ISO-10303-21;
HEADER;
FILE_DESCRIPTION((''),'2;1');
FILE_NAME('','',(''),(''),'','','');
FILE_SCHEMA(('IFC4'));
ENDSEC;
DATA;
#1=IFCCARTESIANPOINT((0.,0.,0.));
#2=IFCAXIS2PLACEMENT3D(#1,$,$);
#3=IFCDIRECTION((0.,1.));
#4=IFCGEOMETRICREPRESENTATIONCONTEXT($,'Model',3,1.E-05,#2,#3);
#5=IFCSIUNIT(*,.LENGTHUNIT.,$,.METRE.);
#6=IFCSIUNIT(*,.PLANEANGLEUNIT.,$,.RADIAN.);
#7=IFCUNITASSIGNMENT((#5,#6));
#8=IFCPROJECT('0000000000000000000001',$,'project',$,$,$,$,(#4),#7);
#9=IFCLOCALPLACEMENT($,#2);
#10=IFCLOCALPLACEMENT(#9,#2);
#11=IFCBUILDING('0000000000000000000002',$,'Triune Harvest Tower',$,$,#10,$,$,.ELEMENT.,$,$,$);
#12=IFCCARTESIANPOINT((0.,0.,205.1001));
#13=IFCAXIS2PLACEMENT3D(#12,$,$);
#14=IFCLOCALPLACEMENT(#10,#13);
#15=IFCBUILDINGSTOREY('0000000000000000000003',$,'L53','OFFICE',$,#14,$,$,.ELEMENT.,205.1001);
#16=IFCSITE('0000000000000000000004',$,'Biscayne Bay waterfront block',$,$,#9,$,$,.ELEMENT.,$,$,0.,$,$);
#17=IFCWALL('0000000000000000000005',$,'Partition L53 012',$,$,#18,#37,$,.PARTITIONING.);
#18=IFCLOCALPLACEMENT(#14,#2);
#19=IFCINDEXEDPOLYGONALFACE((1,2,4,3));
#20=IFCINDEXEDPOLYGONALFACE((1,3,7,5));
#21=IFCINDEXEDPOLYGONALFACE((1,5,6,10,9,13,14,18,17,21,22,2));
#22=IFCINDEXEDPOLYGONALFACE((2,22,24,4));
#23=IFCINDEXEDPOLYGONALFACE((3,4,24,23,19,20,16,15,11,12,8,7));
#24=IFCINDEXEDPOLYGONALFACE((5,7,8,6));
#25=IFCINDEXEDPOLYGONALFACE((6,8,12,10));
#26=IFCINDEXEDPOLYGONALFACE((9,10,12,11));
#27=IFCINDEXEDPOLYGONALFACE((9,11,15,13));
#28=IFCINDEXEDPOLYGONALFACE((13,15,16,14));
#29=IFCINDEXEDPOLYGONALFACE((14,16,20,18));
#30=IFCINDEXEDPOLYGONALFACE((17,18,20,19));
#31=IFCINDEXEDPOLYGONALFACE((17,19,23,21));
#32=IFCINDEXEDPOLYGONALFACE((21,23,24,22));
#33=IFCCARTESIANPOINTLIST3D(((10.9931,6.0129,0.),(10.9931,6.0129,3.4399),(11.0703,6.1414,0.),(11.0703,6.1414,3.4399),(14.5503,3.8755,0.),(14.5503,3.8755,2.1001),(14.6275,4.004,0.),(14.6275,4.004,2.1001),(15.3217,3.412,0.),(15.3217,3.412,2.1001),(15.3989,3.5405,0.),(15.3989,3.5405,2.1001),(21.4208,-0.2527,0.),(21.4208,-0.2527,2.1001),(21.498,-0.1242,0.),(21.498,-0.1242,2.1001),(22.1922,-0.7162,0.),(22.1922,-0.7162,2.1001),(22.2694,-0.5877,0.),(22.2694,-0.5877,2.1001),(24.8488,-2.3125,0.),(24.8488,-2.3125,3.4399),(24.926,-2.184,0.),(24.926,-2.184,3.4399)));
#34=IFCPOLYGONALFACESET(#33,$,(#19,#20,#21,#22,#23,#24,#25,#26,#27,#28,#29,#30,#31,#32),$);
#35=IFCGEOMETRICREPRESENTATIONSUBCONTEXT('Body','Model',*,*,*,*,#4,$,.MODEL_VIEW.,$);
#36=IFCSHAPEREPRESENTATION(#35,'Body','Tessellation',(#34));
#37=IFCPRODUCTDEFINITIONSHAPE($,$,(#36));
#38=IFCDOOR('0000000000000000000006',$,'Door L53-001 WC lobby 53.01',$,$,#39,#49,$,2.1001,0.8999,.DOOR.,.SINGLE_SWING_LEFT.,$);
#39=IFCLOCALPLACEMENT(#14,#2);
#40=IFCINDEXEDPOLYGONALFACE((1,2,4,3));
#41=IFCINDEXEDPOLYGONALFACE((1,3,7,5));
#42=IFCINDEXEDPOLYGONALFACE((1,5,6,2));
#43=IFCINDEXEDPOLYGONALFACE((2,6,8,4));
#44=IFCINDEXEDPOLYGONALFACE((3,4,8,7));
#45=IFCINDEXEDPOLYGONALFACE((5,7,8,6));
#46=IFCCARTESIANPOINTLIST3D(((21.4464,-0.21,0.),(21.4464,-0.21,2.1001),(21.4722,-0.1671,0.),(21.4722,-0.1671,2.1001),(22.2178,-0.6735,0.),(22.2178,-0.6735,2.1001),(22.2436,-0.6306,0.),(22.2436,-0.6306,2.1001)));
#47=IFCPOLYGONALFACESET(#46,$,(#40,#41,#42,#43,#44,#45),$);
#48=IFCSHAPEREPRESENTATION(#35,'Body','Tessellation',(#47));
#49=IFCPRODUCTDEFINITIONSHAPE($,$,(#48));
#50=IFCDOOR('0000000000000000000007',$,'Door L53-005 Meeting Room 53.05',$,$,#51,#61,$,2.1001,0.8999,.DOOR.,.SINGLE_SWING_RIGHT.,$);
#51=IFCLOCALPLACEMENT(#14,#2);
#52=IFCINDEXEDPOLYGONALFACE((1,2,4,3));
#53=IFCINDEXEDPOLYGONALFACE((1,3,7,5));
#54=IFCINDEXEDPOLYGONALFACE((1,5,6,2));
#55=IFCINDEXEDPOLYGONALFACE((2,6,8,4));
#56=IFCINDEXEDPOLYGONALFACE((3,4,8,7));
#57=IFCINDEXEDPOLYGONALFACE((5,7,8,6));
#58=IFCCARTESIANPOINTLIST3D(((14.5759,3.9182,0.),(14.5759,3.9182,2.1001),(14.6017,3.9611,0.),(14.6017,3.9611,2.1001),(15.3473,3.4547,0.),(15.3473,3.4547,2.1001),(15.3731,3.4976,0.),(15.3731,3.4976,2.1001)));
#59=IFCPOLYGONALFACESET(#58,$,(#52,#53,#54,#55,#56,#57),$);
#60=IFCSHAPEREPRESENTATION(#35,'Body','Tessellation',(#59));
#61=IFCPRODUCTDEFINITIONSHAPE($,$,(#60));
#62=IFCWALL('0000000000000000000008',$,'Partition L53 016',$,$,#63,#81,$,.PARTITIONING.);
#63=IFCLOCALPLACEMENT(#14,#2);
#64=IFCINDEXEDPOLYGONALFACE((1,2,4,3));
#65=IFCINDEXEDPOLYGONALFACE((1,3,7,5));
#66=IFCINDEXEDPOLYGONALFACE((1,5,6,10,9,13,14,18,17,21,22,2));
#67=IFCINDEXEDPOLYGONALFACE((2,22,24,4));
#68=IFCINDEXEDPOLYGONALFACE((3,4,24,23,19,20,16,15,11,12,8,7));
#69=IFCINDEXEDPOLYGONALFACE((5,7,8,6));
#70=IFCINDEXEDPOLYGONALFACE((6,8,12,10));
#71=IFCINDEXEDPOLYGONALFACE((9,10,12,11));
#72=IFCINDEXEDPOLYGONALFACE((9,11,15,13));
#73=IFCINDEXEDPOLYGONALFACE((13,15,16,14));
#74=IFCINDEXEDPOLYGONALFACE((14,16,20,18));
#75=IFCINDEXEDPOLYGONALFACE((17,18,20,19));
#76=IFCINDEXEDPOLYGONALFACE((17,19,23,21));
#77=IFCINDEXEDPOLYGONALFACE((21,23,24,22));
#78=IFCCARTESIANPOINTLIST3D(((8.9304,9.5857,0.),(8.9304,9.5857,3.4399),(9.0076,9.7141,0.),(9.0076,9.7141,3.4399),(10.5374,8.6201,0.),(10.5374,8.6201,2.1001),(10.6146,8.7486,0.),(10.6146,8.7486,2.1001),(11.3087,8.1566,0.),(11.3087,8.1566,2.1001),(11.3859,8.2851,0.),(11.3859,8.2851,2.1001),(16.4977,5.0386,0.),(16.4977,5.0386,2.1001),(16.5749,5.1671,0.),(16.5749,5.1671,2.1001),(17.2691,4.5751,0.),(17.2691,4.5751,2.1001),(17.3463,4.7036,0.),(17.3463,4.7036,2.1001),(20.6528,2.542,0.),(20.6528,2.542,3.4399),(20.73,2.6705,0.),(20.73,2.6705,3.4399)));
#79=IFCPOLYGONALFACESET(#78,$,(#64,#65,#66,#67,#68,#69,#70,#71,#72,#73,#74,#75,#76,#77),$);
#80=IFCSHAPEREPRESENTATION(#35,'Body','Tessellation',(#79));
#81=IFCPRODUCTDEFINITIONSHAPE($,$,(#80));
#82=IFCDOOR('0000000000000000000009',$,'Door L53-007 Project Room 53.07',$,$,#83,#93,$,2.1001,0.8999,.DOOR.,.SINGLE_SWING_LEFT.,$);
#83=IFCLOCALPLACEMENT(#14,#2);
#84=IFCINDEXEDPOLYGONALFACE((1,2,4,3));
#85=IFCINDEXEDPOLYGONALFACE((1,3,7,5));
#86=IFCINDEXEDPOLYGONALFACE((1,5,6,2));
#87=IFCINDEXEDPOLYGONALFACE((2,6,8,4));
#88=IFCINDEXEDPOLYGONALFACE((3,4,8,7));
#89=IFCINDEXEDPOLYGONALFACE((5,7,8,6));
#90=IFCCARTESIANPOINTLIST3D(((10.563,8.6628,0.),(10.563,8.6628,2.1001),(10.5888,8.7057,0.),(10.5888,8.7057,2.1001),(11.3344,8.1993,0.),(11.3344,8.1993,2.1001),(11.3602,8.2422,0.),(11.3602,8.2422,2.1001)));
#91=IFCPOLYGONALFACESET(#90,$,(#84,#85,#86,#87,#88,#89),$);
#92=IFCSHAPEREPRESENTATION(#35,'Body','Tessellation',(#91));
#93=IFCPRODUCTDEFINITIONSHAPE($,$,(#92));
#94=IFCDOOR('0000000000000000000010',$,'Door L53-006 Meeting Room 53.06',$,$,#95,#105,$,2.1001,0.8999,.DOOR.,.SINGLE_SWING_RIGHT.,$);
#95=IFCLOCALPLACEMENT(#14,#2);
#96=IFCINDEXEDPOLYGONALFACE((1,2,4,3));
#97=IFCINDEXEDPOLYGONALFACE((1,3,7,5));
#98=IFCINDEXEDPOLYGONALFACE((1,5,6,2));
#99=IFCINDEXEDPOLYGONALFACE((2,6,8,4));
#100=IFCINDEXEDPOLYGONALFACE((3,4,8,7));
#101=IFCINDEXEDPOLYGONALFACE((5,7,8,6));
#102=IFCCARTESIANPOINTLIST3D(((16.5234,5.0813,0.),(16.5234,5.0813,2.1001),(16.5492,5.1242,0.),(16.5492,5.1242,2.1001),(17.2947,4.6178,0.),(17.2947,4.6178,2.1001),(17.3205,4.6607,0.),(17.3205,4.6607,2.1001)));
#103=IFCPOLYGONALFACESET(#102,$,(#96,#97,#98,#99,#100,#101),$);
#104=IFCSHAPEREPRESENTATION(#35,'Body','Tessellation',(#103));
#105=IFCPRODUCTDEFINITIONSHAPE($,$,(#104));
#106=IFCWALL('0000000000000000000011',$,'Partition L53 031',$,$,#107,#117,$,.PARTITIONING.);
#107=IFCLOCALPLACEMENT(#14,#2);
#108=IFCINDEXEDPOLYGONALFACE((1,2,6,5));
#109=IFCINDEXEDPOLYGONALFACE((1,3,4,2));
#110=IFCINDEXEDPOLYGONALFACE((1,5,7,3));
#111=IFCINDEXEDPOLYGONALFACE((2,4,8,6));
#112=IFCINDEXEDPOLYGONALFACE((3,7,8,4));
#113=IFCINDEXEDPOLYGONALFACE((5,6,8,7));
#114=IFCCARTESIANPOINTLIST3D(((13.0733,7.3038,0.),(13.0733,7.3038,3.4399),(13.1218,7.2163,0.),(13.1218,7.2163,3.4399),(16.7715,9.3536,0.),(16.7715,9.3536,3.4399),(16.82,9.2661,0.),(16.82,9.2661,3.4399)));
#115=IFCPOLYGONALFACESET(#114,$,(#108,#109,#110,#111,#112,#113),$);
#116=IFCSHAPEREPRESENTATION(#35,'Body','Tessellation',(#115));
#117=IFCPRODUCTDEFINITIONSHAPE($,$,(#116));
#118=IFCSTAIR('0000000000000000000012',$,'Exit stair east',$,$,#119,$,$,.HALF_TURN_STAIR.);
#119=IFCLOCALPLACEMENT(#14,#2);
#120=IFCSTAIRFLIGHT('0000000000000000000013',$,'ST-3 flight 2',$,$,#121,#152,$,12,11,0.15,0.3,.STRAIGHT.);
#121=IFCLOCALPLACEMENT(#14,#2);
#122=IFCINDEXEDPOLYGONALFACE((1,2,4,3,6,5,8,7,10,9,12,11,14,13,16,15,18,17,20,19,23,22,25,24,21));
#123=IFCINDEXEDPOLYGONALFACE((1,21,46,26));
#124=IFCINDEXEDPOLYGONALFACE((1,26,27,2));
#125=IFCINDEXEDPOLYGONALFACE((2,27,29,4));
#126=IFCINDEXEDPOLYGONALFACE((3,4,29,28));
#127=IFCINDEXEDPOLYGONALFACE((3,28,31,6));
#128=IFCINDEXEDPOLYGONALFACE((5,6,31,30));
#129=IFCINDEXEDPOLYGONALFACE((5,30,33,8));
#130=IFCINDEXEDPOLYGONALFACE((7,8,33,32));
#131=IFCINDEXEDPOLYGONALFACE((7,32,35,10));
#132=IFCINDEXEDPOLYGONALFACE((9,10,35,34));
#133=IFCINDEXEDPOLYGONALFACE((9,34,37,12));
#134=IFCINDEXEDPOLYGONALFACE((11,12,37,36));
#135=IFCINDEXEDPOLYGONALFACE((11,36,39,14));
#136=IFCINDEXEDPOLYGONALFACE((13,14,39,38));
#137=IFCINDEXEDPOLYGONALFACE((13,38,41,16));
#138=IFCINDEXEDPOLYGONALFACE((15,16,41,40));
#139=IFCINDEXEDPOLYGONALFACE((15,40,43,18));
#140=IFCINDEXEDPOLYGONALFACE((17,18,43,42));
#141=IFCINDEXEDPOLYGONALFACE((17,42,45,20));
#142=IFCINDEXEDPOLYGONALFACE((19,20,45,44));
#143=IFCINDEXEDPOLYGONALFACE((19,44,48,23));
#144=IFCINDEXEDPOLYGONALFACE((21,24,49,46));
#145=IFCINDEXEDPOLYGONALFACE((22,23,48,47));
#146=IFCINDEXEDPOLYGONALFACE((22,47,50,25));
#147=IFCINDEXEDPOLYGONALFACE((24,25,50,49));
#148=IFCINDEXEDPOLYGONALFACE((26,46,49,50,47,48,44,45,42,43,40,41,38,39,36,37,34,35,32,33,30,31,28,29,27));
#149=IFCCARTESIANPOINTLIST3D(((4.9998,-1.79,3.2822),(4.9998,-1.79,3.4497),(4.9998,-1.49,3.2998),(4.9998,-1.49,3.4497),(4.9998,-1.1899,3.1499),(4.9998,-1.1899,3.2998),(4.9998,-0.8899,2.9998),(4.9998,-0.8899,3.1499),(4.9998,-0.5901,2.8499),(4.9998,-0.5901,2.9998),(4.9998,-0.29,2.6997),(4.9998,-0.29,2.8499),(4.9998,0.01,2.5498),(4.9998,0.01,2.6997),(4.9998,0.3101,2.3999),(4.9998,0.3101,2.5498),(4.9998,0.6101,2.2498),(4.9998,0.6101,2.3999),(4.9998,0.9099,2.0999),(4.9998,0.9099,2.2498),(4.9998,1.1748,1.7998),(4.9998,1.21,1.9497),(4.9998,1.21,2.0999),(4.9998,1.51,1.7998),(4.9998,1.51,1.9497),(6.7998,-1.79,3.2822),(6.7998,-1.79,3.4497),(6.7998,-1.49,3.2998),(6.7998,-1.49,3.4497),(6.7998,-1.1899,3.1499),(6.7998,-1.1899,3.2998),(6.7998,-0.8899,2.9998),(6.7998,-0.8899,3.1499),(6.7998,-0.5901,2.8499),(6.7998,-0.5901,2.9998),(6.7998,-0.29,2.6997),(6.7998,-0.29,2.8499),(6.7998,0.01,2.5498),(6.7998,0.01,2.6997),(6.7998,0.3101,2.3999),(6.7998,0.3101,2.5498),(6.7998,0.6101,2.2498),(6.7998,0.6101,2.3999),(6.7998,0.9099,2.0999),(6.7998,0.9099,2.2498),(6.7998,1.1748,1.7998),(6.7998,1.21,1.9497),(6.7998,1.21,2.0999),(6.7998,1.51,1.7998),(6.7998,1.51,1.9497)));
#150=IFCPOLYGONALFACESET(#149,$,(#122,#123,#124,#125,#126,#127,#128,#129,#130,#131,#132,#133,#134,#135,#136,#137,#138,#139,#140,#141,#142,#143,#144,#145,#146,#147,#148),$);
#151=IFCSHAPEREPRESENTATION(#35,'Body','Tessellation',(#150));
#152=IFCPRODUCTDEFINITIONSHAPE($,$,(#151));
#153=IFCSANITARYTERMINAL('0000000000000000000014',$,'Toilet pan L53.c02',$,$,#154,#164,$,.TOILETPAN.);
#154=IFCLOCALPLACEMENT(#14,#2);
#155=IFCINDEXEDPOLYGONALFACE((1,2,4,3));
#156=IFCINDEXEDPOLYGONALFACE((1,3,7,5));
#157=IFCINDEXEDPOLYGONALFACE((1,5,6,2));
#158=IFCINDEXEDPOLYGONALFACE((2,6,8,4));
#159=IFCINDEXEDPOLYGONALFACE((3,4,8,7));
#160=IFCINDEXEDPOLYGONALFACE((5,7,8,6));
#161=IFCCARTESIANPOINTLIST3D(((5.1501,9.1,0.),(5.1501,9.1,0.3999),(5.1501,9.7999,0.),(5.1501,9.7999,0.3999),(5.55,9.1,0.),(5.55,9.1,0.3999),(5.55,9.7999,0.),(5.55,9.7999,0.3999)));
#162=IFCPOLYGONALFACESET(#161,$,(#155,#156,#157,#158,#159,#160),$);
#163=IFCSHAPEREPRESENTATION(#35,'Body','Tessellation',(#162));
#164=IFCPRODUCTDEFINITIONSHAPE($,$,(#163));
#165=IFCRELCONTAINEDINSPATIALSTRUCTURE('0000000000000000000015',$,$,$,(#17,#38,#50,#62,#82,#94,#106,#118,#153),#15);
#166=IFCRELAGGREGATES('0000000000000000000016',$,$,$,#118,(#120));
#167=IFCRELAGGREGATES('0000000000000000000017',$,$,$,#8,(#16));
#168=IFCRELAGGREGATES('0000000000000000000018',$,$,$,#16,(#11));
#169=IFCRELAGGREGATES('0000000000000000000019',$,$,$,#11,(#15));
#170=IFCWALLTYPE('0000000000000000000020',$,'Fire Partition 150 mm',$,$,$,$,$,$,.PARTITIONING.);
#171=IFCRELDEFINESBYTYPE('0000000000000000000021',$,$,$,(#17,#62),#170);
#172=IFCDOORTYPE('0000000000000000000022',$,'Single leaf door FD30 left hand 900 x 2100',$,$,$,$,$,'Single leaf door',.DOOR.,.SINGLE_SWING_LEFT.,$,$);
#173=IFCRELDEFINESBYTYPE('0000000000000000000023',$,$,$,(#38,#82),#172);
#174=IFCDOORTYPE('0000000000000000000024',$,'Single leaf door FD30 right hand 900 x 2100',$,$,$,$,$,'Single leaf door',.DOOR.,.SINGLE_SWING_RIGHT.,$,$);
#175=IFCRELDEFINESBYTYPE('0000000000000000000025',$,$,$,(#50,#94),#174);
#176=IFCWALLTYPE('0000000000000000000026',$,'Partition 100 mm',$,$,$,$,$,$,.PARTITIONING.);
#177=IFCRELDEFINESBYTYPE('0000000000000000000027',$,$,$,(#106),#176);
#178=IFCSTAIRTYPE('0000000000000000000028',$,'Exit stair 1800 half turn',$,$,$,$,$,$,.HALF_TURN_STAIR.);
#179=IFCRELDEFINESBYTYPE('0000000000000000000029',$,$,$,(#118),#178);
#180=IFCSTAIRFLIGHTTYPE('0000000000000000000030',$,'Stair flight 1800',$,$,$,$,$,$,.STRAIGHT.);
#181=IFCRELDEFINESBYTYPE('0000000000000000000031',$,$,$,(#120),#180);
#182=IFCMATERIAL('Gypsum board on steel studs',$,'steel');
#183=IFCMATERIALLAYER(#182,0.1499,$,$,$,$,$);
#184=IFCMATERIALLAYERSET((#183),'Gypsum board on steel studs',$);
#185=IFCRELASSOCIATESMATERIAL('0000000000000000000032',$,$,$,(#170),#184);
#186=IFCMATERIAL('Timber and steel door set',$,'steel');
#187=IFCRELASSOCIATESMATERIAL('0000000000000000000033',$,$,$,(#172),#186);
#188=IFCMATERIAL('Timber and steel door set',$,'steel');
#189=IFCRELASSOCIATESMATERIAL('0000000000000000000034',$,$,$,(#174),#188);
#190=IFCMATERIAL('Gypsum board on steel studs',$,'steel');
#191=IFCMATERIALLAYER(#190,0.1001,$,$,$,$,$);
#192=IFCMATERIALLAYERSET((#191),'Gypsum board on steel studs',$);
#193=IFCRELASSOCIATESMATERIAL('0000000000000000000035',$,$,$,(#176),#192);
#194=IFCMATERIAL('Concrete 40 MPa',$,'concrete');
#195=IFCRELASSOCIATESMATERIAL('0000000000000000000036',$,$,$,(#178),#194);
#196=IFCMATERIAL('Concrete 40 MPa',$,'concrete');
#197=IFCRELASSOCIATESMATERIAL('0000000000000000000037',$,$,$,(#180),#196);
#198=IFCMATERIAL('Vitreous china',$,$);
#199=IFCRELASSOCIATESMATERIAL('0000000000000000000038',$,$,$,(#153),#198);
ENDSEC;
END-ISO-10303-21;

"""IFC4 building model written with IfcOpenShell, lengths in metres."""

from ifc_helpers import new_model, si_unit, direction, frame, frame_2d, origin, origin_2d, place, context, subcontext, project, spatial, polyline, rectangle, outline, extrude, source, transform, mapped, material, layer, layer_set, type_object, element, fill, aggregate, save


model = new_model("IFC4")

# Units and contexts
model_context = context("Model", 3, precision=1e-05, world=origin(), true_north=direction((0.0, 1.0)))
body_context = subcontext(model_context, "Body", "Model", "MODEL_VIEW")
ifc_project = project(units=[si_unit("LENGTHUNIT", "METRE"), si_unit("PLANEANGLEUNIT", "RADIAN")], contexts=[model_context])

# Site, building, storey
site_placement = place(None, origin())
site = spatial("IfcSite", under=ifc_project, at=site_placement, Name="Biscayne Bay waterfront block", CompositionType="ELEMENT", RefElevation=0.0)
building_placement = place(site_placement, origin())
building = spatial("IfcBuilding", under=site, at=building_placement, Name="Triune Harvest Tower", CompositionType="ELEMENT")
storey_placement = place(building_placement, frame((0.0, 0.0, 205.1001)))
storey = spatial("IfcBuildingStorey", under=building, at=storey_placement, Name="L53", Description="OFFICE", CompositionType="ELEMENT", Elevation=205.1001)

# Shared definitions
ifc_material_1 = material(Name="Gypsum board on steel studs", Category="steel")
ifc_layer_1 = layer(ifc_material_1, 0.1499)
ifc_layer_set_1 = layer_set([ifc_layer_1], Name="Gypsum board on steel studs")
wall_type_1 = type_object("IfcWallType", Name="Fire Partition 150 mm", PredefinedType="PARTITIONING", material=ifc_layer_set_1)

# Walls, openings, doors
shared_shape_1 = source(origin(), body_context, "Body", "SweptSolid", [
    extrude(rectangle(XDim=16.1646, YDim=0.1499, at=frame_2d((8.0823, 0.0))), origin(), (0.0, 0.0, 1.0), 3.4399),
])
wall_1_placement = place(storey_placement, frame((11.0317, 6.0771, 0.0), z_axis=(0.0, 0.0, 1.0), x_axis=(0.857165, -0.515042, 0.0)))
wall_1 = element("IfcWall", 1, at=wall_1_placement, inside=storey, type_object=wall_type_1, Name="Partition L53 012", PredefinedType="PARTITIONING", context=body_context, shape_type="MappedRepresentation", body=[
    mapped(shared_shape_1, transform((0.0, 0.0, 0.0), scale=1.0)),
])
opening_1_placement = place(wall_1_placement, frame((12.1653, 0.0, 0.0)))
opening_1 = element("IfcOpeningElement", 2, at=opening_1_placement, cuts=wall_1, PredefinedType="OPENING", context=body_context, shape_type="SweptSolid", body=[
    extrude(rectangle(XDim=0.8999, YDim=2.1001, at=frame_2d((0.45, 1.05))), frame((0.0, 0.085, 0.0), z_axis=(0.0, -1.0, 0.0), x_axis=(1.0, 0.0, 0.0)), (0.0, 0.0, 1.0), 0.1699),
])
opening_2_placement = place(wall_1_placement, frame((4.1499, 0.0, 0.0)))
opening_2 = element("IfcOpeningElement", 3, at=opening_2_placement, cuts=wall_1, PredefinedType="OPENING", context=body_context, shape_type="SweptSolid", body=[
    extrude(rectangle(XDim=0.8999, YDim=2.1001, at=frame_2d((0.45, 1.05))), frame((0.0, 0.085, 0.0), z_axis=(0.0, -1.0, 0.0), x_axis=(1.0, 0.0, 0.0)), (0.0, 0.0, 1.0), 0.1699),
])
ifc_material_2 = material(Name="Timber and steel door set", Category="steel")
door_type_1 = type_object("IfcDoorType", Name="Single leaf door FD30 left hand 900 x 2100", ElementType="Single leaf door", OperationType="SINGLE_SWING_LEFT", PredefinedType="DOOR", material=ifc_material_2)
door_1_placement = place(opening_1_placement, origin())
door_1 = element("IfcDoor", 4, at=door_1_placement, inside=storey, type_object=door_type_1, Name="Door L53-001 WC lobby 53.01", OperationType="SINGLE_SWING_LEFT", OverallHeight=2.1001, OverallWidth=0.8999, PredefinedType="DOOR", context=body_context, shape_type="SweptSolid", body=[
    extrude(rectangle(XDim=0.8999, YDim=2.1001, at=frame_2d((0.45, 1.05))), frame((0.0, 0.0249, 0.0), z_axis=(0.0, -1.0, 0.0), x_axis=(1.0, 0.0, 0.0)), (0.0, 0.0, 1.0), 0.05),
])
fill(opening_1, door_1)
ifc_material_3 = material(Name="Timber and steel door set", Category="steel")
door_type_2 = type_object("IfcDoorType", Name="Single leaf door FD30 right hand 900 x 2100", ElementType="Single leaf door", OperationType="SINGLE_SWING_RIGHT", PredefinedType="DOOR", material=ifc_material_3)
door_2_placement = place(opening_2_placement, origin())
door_2 = element("IfcDoor", 5, at=door_2_placement, inside=storey, type_object=door_type_2, Name="Door L53-005 Meeting Room 53.05", OperationType="SINGLE_SWING_RIGHT", OverallHeight=2.1001, OverallWidth=0.8999, PredefinedType="DOOR", context=body_context, shape_type="SweptSolid", body=[
    extrude(rectangle(XDim=0.8999, YDim=2.1001, at=frame_2d((0.45, 1.05))), frame((0.0, 0.0249, 0.0), z_axis=(0.0, -1.0, 0.0), x_axis=(1.0, 0.0, 0.0)), (0.0, 0.0, 1.0), 0.05),
])
fill(opening_2, door_2)
shared_shape_2 = source(origin(), body_context, "Body", "SweptSolid", [
    extrude(rectangle(XDim=13.6758, YDim=0.1499, at=frame_2d((6.8379, 0.0))), origin(), (0.0, 0.0, 1.0), 3.4399),
])
wall_2_placement = place(storey_placement, frame((8.969, 9.6499, 0.0), z_axis=(0.0, 0.0, 1.0), x_axis=(0.857162, -0.515047, 0.0)))
wall_2 = element("IfcWall", 6, at=wall_2_placement, inside=storey, type_object=wall_type_1, Name="Partition L53 016", PredefinedType="PARTITIONING", context=body_context, shape_type="MappedRepresentation", body=[
    mapped(shared_shape_2, transform((0.0, 0.0, 0.0), scale=1.0)),
])
opening_3_placement = place(wall_2_placement, frame((8.8284, 0.0, 0.0)))
opening_3 = element("IfcOpeningElement", 7, at=opening_3_placement, cuts=wall_2, PredefinedType="OPENING", context=body_context, shape_type="SweptSolid", body=[
    extrude(rectangle(XDim=0.8999, YDim=2.1001, at=frame_2d((0.45, 1.05))), frame((0.0, 0.085, 0.0), z_axis=(0.0, -1.0, 0.0), x_axis=(1.0, 0.0, 0.0)), (0.0, 0.0, 1.0), 0.1699),
])
opening_4_placement = place(wall_2_placement, frame((1.8748, 0.0, 0.0)))
opening_4 = element("IfcOpeningElement", 8, at=opening_4_placement, cuts=wall_2, PredefinedType="OPENING", context=body_context, shape_type="SweptSolid", body=[
    extrude(rectangle(XDim=0.8999, YDim=2.1001, at=frame_2d((0.45, 1.05))), frame((0.0, 0.085, 0.0), z_axis=(0.0, -1.0, 0.0), x_axis=(1.0, 0.0, 0.0)), (0.0, 0.0, 1.0), 0.1699),
])
door_3_placement = place(opening_4_placement, origin())
door_3 = element("IfcDoor", 9, at=door_3_placement, inside=storey, type_object=door_type_1, Name="Door L53-007 Project Room 53.07", OperationType="SINGLE_SWING_LEFT", OverallHeight=2.1001, OverallWidth=0.8999, PredefinedType="DOOR", context=body_context, shape_type="SweptSolid", body=[
    extrude(rectangle(XDim=0.8999, YDim=2.1001, at=frame_2d((0.45, 1.05))), frame((0.0, 0.0249, 0.0), z_axis=(0.0, -1.0, 0.0), x_axis=(1.0, 0.0, 0.0)), (0.0, 0.0, 1.0), 0.05),
])
fill(opening_4, door_3)
door_4_placement = place(opening_3_placement, origin())
door_4 = element("IfcDoor", 10, at=door_4_placement, inside=storey, type_object=door_type_2, Name="Door L53-006 Meeting Room 53.06", OperationType="SINGLE_SWING_RIGHT", OverallHeight=2.1001, OverallWidth=0.8999, PredefinedType="DOOR", context=body_context, shape_type="SweptSolid", body=[
    extrude(rectangle(XDim=0.8999, YDim=2.1001, at=frame_2d((0.45, 1.05))), frame((0.0, 0.0249, 0.0), z_axis=(0.0, -1.0, 0.0), x_axis=(1.0, 0.0, 0.0)), (0.0, 0.0, 1.0), 0.05),
])
fill(opening_3, door_4)

# Wall
ifc_material_4 = material(Name="Gypsum board on steel studs", Category="steel")
ifc_layer_2 = layer(ifc_material_4, 0.1001)
ifc_layer_set_2 = layer_set([ifc_layer_2], Name="Gypsum board on steel studs")
wall_type_2 = type_object("IfcWallType", Name="Partition 100 mm", PredefinedType="PARTITIONING", material=ifc_layer_set_2)
shared_shape_3 = source(origin(), body_context, "Body", "SweptSolid", [
    extrude(rectangle(XDim=4.2283, YDim=0.1001, at=frame_2d((2.1143, 0.0))), origin(), (0.0, 0.0, 1.0), 3.4399),
])
wall_3_placement = place(storey_placement, frame((13.0974, 7.26, 0.0), z_axis=(0.0, 0.0, 1.0), x_axis=(0.874636, 0.48478, 0.0)))
element("IfcWall", 11, at=wall_3_placement, inside=storey, type_object=wall_type_2, Name="Partition L53 031", PredefinedType="PARTITIONING", context=body_context, shape_type="MappedRepresentation", body=[
    mapped(shared_shape_3, transform((0.0, 0.0, 0.0), scale=1.0)),
])

# Stair, stair flight
ifc_material_5 = material(Name="Concrete 40 MPa", Category="concrete")
stair_type = type_object("IfcStairType", Name="Exit stair 1800 half turn", PredefinedType="HALF_TURN_STAIR", material=ifc_material_5)
stair_placement = place(storey_placement, origin())
stair = element("IfcStair", 12, at=stair_placement, inside=storey, type_object=stair_type, Name="Exit stair east", PredefinedType="HALF_TURN_STAIR")
ifc_material_6 = material(Name="Concrete 40 MPa", Category="concrete")
stair_flight_type = type_object("IfcStairFlightType", Name="Stair flight 1800", PredefinedType="STRAIGHT", material=ifc_material_6)
shared_shape_4 = source(origin(), body_context, "Body", "SweptSolid", [
    extrude(outline(polyline([(0.0, 0.0), (0.0, 0.1499), (0.3, 0.1499), (0.3, 0.3), (0.6001, 0.3), (0.6001, 0.45), (0.8999, 0.45), (0.8999, 0.6001), (1.2, 0.6001), (1.2, 0.75), (1.5, 0.75), (1.5, 0.8999), (1.8, 0.8999), (1.8, 1.05), (2.1001, 1.05), (2.1001, 1.2), (2.3999, 1.2), (2.3999, 1.3501), (2.7, 1.3501), (2.7, 1.5), (3.0, 1.5), (3.0, 1.6499), (3.3, 1.6499), (3.3, 1.8), (3.3, 1.4824), (0.3352, 0.0), (0.0, 0.0)])), frame((0.0, 0.8999, 0.0), z_axis=(0.0, -1.0, 0.0), x_axis=(1.0, 0.0, 0.0)), (0.0, 0.0, 1.0), 1.8),
])
stair_flight_placement = place(storey_placement, frame((5.8999, 1.51, 1.7998), z_axis=(0.0, 0.0, 1.0), x_axis=(0.0, -1.0, 0.0)))
stair_flight = element("IfcStairFlight", 13, at=stair_flight_placement, type_object=stair_flight_type, Name="ST-3 flight 2", NumberOfRisers=12, NumberOfTreads=11, PredefinedType="STRAIGHT", RiserHeight=0.15, TreadLength=0.3, context=body_context, shape_type="MappedRepresentation", body=[
    mapped(shared_shape_4, transform((0.0, 0.0, 0.0), scale=1.0)),
])
aggregate(stair, [stair_flight])

# Sanitary terminal
ifc_material_7 = material(Name="Vitreous china")
shared_shape_5 = source(origin(), body_context, "Body", "SweptSolid", [
    extrude(rectangle(XDim=0.3999, YDim=0.7, at=origin_2d()), origin(), (0.0, 0.0, 1.0), 0.3999),
])
sanitary_terminal_placement = place(storey_placement, frame((5.3501, 9.45, 0.0), z_axis=(0.0, 0.0, 1.0), x_axis=(1.0, 0.0, 0.0)))
element("IfcSanitaryTerminal", 14, at=sanitary_terminal_placement, inside=storey, material=ifc_material_7, Name="Toilet pan L53.c02", PredefinedType="TOILETPAN", context=body_context, shape_type="MappedRepresentation", body=[
    mapped(shared_shape_5, transform((0.0, 0.0, 0.0), scale=1.0)),
])

save(model, "model.ifc")
